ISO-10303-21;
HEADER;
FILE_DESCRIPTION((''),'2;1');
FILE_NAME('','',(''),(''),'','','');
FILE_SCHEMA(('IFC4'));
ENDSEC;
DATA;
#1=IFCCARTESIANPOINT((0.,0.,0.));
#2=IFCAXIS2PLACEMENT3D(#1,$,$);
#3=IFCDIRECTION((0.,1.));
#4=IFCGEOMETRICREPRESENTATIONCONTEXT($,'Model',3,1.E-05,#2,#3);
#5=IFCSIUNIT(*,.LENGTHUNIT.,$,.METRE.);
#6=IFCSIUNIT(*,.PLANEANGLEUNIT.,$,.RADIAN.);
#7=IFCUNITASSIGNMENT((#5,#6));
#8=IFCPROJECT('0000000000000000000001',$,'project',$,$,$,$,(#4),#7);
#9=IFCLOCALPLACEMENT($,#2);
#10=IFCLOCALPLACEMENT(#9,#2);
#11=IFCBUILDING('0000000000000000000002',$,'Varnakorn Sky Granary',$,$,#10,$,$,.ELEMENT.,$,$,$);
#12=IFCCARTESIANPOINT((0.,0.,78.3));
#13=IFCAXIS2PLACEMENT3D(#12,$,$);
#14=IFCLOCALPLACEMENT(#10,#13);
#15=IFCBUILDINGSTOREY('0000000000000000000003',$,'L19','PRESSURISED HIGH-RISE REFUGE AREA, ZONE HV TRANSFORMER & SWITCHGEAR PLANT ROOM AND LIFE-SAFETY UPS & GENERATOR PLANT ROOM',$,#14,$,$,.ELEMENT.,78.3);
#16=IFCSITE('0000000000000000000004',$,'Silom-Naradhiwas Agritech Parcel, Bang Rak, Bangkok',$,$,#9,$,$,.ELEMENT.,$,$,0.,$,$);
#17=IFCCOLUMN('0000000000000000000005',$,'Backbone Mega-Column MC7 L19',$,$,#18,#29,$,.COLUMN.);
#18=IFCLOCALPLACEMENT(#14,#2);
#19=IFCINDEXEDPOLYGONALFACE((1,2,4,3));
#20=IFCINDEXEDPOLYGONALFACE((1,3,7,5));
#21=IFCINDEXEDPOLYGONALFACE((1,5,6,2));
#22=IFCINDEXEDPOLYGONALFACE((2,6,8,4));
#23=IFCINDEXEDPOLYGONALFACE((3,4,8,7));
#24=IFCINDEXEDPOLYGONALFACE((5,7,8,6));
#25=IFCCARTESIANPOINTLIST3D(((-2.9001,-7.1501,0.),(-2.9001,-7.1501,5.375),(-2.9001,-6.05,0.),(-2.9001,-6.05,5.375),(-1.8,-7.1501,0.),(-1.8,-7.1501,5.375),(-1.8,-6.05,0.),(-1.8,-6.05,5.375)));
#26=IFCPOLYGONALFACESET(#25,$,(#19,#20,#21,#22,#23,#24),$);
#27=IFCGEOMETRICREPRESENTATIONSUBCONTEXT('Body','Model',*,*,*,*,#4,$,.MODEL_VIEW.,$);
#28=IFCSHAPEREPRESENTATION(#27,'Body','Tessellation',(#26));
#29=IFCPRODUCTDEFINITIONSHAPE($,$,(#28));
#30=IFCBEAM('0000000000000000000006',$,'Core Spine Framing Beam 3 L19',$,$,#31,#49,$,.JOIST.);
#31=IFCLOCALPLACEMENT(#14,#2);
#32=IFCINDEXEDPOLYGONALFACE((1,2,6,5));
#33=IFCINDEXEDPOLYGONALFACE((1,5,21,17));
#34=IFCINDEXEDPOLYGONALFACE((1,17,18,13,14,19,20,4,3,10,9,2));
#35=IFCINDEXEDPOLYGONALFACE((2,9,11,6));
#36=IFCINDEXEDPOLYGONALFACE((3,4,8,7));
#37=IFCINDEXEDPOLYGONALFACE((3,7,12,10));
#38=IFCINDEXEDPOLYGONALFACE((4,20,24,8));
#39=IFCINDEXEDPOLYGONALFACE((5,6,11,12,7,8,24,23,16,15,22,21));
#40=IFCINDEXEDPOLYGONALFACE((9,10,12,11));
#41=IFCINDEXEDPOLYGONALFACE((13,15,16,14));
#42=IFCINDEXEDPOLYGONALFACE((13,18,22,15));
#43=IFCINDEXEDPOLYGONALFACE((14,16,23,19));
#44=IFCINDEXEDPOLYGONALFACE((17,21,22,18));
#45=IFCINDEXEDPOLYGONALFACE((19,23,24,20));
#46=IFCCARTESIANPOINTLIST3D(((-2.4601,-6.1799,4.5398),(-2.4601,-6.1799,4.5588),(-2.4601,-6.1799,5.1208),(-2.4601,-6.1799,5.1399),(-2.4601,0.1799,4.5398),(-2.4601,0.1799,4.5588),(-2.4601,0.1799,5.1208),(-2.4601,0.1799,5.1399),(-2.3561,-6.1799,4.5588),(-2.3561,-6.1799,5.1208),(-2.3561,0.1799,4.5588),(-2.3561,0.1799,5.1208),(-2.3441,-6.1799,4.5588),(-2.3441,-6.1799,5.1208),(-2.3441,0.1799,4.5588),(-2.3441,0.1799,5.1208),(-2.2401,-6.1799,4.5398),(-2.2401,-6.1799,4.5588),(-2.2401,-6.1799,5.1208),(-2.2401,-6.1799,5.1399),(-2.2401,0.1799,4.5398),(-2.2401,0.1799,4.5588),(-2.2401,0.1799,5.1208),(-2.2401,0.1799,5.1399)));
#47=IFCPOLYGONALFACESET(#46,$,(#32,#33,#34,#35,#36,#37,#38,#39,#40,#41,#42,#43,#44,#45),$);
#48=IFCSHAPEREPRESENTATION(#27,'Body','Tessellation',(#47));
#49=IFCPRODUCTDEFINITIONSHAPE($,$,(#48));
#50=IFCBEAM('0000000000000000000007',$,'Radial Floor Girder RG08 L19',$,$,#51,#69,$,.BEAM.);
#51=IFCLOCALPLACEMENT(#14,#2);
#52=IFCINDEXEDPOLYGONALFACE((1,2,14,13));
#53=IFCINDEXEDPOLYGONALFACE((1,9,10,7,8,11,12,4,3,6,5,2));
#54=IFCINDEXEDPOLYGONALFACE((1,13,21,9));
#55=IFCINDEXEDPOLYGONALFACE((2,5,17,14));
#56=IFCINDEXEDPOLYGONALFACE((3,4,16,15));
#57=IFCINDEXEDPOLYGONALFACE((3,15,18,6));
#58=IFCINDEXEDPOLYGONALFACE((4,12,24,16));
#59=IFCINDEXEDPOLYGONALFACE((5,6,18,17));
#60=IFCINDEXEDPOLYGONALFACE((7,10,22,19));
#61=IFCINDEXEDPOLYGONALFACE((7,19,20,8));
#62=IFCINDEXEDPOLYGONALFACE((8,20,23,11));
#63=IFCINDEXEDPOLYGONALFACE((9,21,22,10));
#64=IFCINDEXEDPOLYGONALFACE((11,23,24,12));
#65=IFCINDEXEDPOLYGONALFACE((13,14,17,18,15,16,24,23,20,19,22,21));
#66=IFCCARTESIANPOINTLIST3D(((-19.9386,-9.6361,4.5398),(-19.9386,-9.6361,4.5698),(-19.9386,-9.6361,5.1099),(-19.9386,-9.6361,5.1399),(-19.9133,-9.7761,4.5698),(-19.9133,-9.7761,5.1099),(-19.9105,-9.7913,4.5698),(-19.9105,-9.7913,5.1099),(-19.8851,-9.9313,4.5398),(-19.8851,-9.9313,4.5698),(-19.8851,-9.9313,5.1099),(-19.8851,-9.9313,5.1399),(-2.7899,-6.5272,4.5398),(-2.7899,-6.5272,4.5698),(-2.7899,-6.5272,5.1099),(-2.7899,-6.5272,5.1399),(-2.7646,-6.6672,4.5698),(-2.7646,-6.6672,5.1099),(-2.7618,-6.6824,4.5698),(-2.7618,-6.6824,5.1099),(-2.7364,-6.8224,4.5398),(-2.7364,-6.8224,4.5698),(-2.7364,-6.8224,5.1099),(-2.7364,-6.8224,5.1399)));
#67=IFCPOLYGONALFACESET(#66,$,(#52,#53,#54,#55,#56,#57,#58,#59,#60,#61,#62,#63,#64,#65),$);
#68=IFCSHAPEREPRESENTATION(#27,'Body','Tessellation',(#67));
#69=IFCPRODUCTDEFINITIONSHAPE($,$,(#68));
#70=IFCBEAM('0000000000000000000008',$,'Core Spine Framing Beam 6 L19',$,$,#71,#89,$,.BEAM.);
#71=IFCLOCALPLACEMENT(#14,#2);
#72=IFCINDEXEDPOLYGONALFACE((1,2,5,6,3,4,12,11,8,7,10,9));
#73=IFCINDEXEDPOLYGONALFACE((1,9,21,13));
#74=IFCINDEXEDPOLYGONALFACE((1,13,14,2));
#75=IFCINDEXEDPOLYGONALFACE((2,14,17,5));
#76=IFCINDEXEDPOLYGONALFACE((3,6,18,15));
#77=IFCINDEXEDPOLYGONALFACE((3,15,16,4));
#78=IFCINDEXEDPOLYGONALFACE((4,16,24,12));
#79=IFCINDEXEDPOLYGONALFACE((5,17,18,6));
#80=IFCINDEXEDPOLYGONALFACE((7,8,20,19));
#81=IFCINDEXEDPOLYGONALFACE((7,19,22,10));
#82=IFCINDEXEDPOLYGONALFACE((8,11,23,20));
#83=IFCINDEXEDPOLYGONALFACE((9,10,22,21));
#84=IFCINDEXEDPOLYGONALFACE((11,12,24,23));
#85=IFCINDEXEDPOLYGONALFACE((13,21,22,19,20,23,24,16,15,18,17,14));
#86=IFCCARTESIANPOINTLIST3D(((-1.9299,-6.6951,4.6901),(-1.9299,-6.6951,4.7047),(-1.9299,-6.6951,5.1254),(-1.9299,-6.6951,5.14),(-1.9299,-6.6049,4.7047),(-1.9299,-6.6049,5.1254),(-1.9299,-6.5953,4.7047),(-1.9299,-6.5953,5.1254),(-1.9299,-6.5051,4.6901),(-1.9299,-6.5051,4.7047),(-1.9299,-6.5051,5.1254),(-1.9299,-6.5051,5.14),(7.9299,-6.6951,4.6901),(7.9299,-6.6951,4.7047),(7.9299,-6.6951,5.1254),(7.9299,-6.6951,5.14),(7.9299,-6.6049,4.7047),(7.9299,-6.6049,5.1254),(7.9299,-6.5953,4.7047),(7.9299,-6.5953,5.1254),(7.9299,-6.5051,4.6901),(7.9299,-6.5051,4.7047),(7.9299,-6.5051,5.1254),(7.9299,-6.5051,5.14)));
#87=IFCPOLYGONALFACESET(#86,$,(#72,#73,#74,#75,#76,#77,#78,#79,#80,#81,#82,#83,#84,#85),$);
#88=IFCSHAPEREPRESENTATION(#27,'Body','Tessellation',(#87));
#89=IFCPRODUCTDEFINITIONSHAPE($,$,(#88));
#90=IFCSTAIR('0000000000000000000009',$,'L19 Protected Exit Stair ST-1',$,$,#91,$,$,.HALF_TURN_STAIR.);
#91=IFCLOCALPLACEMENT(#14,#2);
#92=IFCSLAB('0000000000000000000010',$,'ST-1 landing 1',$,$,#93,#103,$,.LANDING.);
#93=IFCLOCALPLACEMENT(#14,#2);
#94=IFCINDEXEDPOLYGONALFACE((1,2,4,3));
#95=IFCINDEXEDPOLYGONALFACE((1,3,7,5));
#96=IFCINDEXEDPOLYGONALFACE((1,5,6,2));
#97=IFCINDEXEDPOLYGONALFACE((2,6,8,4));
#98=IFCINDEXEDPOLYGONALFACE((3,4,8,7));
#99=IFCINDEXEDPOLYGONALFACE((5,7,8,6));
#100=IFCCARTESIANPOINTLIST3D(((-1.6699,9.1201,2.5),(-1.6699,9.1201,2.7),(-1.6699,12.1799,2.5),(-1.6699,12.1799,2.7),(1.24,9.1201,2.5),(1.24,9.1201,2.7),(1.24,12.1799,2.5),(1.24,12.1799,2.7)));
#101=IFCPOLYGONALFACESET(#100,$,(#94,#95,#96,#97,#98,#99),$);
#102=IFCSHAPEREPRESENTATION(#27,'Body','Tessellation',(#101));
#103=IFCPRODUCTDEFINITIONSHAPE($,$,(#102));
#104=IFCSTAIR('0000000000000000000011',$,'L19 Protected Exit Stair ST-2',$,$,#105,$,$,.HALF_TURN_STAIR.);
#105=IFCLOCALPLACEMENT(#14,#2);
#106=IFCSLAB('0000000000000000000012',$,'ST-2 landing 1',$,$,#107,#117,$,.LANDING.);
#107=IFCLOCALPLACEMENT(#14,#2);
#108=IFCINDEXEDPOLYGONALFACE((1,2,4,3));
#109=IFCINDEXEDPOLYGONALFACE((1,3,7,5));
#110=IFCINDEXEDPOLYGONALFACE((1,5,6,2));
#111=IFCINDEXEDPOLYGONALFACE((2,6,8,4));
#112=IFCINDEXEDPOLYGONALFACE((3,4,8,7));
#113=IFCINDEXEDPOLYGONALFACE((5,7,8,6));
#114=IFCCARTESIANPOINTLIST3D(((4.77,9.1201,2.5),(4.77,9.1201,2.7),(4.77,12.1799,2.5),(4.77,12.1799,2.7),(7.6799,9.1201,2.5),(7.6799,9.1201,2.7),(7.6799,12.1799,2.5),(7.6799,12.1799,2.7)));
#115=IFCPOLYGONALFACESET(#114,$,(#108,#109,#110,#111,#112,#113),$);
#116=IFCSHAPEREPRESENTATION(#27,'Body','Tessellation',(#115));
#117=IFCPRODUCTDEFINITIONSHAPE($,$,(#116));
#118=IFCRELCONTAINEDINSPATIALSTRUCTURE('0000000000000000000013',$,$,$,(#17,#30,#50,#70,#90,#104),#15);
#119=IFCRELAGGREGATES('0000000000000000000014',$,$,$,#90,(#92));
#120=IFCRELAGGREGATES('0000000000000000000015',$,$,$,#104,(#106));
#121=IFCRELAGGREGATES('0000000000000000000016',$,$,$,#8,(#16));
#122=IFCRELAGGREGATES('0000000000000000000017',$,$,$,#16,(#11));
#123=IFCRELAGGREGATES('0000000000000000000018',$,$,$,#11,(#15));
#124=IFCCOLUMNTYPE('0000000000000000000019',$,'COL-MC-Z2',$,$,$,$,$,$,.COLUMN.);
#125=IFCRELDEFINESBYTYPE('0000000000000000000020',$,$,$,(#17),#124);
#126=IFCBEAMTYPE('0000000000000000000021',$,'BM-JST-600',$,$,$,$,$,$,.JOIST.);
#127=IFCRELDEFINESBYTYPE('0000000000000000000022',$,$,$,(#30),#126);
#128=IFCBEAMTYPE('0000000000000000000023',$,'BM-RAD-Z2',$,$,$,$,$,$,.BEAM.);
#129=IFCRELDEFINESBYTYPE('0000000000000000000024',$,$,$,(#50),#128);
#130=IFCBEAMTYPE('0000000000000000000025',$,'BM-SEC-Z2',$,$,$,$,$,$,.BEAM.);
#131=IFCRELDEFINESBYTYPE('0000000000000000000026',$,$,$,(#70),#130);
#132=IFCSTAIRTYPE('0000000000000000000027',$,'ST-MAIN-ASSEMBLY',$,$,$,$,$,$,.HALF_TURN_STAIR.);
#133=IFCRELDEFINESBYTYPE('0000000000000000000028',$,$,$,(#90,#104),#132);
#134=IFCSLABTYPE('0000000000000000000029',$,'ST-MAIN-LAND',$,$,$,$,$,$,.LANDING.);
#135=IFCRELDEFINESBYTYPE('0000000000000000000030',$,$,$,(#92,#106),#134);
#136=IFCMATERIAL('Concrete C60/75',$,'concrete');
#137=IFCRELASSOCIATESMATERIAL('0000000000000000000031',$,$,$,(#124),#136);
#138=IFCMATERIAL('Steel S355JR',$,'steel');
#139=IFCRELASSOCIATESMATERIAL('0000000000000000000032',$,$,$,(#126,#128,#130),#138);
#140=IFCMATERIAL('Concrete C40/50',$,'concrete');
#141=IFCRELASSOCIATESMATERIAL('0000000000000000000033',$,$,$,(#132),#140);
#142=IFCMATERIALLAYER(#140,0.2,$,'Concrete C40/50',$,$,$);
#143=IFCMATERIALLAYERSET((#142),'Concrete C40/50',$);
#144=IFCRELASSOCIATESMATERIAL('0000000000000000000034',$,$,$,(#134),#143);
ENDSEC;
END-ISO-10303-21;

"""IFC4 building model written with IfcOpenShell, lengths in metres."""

from ifc_helpers import new_model, si_unit, direction, frame, origin, origin_2d, place, context, subcontext, project, spatial, polyline, rectangle, i_section, outline, extrude, material, layer, layer_set, material_profile, profile_set, type_object, element, aggregate, save


model = new_model("IFC4")

# Units and contexts
model_context = context("Model", 3, precision=1e-05, world=origin(), true_north=direction((0.0, 1.0)))
body_context = subcontext(model_context, "Body", "Model", "MODEL_VIEW")
ifc_project = project(units=[si_unit("LENGTHUNIT", "METRE"), si_unit("PLANEANGLEUNIT", "RADIAN")], contexts=[model_context])

# Site, building, storey
site_placement = place(None, origin())
site = spatial("IfcSite", under=ifc_project, at=site_placement, Name="Silom-Naradhiwas Agritech Parcel, Bang Rak, Bangkok", CompositionType="ELEMENT", RefElevation=0.0)
building_placement = place(site_placement, origin())
building = spatial("IfcBuilding", under=site, at=building_placement, Name="Varnakorn Sky Granary", CompositionType="ELEMENT")
storey_placement = place(building_placement, frame((0.0, 0.0, 78.3)))
storey = spatial("IfcBuildingStorey", under=building, at=storey_placement, Name="L19", Description="PRESSURISED HIGH-RISE REFUGE AREA, ZONE HV TRANSFORMER & SWITCHGEAR PLANT ROOM AND LIFE-SAFETY UPS & GENERATOR PLANT ROOM", CompositionType="ELEMENT", Elevation=78.3)

# Column
ifc_material_1 = material(Name="Concrete C60/75", Category="concrete")
ifc_material_profile_1 = material_profile(ifc_material_1, rectangle(XDim=1.1001, YDim=1.1001, at=origin_2d()), Name="RC 1100x1100")
ifc_profile_set_1 = profile_set([ifc_material_profile_1], Name="Concrete C60/75")
column_type = type_object("IfcColumnType", Name="COL-MC-Z2", PredefinedType="COLUMN", material=ifc_profile_set_1)
column_placement = place(storey_placement, frame((-2.3501, -6.6001, 0.0), z_axis=(0.0, 0.0, 1.0), x_axis=(1.0, 0.0, 0.0)))
element("IfcColumn", 1, at=column_placement, inside=storey, type_object=column_type, Name="Backbone Mega-Column MC7 L19", PredefinedType="COLUMN", context=body_context, shape_type="SweptSolid", body=[
    extrude(rectangle(XDim=1.1001, YDim=1.1001, at=origin_2d()), origin(), (0.0, 0.0, 1.0), 5.375),
])

# Beams
ifc_material_2 = material(Name="Steel S355JR", Category="steel")
ifc_material_profile_2 = material_profile(ifc_material_2, i_section(OverallWidth=0.22, OverallDepth=0.6001, WebThickness=0.012, FlangeThickness=0.019, at=origin_2d()), Name="IPE 600")
ifc_profile_set_2 = profile_set([ifc_material_profile_2], Name="Steel S355JR")
beam_type_1 = type_object("IfcBeamType", Name="BM-JST-600", PredefinedType="JOIST", material=ifc_profile_set_2)
beam_1_placement = place(storey_placement, frame((-2.3501, 0.1799, 4.8398), z_axis=(0.0, -1.0, 0.0), x_axis=(1.0, 0.0, 0.0)))
element("IfcBeam", 2, at=beam_1_placement, inside=storey, type_object=beam_type_1, Name="Core Spine Framing Beam 3 L19", PredefinedType="JOIST", context=body_context, shape_type="SweptSolid", body=[
    extrude(i_section(OverallWidth=0.22, OverallDepth=0.6001, WebThickness=0.012, FlangeThickness=0.019, at=origin_2d()), origin(), (0.0, 0.0, 1.0), 6.3599),
])
ifc_material_profile_3 = material_profile(ifc_material_2, i_section(OverallWidth=0.3, OverallDepth=0.6001, WebThickness=0.0154, FlangeThickness=0.03, at=origin_2d()), Name="HE 600 B")
ifc_profile_set_3 = profile_set([ifc_material_profile_3], Name="Steel S355JR")
beam_type_2 = type_object("IfcBeamType", Name="BM-RAD-Z2", PredefinedType="BEAM", material=ifc_profile_set_3)
beam_2_placement = place(storey_placement, frame((-2.7632, -6.6748, 4.8398), z_axis=(-0.983961, -0.178382, 0.0), x_axis=(0.178382, -0.983961, 0.0)))
element("IfcBeam", 3, at=beam_2_placement, inside=storey, type_object=beam_type_2, Name="Radial Floor Girder RG08 L19", PredefinedType="BEAM", context=body_context, shape_type="SweptSolid", body=[
    extrude(i_section(OverallWidth=0.3, OverallDepth=0.6001, WebThickness=0.0154, FlangeThickness=0.03, at=origin_2d()), origin(), (0.0, 0.0, 1.0), 17.4282),
])
ifc_material_profile_4 = material_profile(ifc_material_2, i_section(OverallWidth=0.1899, OverallDepth=0.45, WebThickness=0.0095, FlangeThickness=0.0146, at=origin_2d()), Name="IPE 450")
ifc_profile_set_4 = profile_set([ifc_material_profile_4], Name="Steel S355JR")
beam_type_3 = type_object("IfcBeamType", Name="BM-SEC-Z2", PredefinedType="BEAM", material=ifc_profile_set_4)
beam_3_placement = place(storey_placement, frame((-1.9299, -6.6001, 4.915), z_axis=(1.0, 0.0, 0.0), x_axis=(0.0, 1.0, 0.0)))
element("IfcBeam", 4, at=beam_3_placement, inside=storey, type_object=beam_type_3, Name="Core Spine Framing Beam 6 L19", PredefinedType="BEAM", context=body_context, shape_type="SweptSolid", body=[
    extrude(i_section(OverallWidth=0.1899, OverallDepth=0.45, WebThickness=0.0095, FlangeThickness=0.0146, at=origin_2d()), origin(), (0.0, 0.0, 1.0), 9.8599),
])

# Stairs, slabs
ifc_material_3 = material(Name="Concrete C40/50", Category="concrete")
stair_type = type_object("IfcStairType", Name="ST-MAIN-ASSEMBLY", PredefinedType="HALF_TURN_STAIR", material=ifc_material_3)
stair_1_placement = place(storey_placement, origin())
stair_1 = element("IfcStair", 5, at=stair_1_placement, inside=storey, type_object=stair_type, Name="L19 Protected Exit Stair ST-1", PredefinedType="HALF_TURN_STAIR")
ifc_layer_1 = layer(ifc_material_3, 0.2, Name="Concrete C40/50")
ifc_layer_set_1 = layer_set([ifc_layer_1], Name="Concrete C40/50")
slab_type_1 = type_object("IfcSlabType", Name="ST-MAIN-LAND", PredefinedType="LANDING", material=ifc_layer_set_1)
slab_1_placement = place(storey_placement, frame((0.0, 0.0, 2.5)))
slab_1 = element("IfcSlab", 6, at=slab_1_placement, type_object=slab_type_1, Name="ST-1 landing 1", PredefinedType="LANDING", context=body_context, shape_type="SweptSolid", body=[
    extrude(outline(polyline([(1.24, 9.1201), (1.24, 12.1799), (-1.6699, 12.1799), (-1.6699, 9.1201), (1.24, 9.1201)])), origin(), (0.0, 0.0, 1.0), 0.2),
])
aggregate(stair_1, [slab_1])
stair_2_placement = place(storey_placement, origin())
stair_2 = element("IfcStair", 7, at=stair_2_placement, inside=storey, type_object=stair_type, Name="L19 Protected Exit Stair ST-2", PredefinedType="HALF_TURN_STAIR")
slab_2_placement = place(storey_placement, frame((0.0, 0.0, 2.5)))
slab_2 = element("IfcSlab", 8, at=slab_2_placement, type_object=slab_type_1, Name="ST-2 landing 1", PredefinedType="LANDING", context=body_context, shape_type="SweptSolid", body=[
    extrude(outline(polyline([(7.6799, 9.1201), (7.6799, 12.1799), (4.77, 12.1799), (4.77, 9.1201), (7.6799, 9.1201)])), origin(), (0.0, 0.0, 1.0), 0.2),
])
aggregate(stair_2, [slab_2])

save(model, "model.ifc")
